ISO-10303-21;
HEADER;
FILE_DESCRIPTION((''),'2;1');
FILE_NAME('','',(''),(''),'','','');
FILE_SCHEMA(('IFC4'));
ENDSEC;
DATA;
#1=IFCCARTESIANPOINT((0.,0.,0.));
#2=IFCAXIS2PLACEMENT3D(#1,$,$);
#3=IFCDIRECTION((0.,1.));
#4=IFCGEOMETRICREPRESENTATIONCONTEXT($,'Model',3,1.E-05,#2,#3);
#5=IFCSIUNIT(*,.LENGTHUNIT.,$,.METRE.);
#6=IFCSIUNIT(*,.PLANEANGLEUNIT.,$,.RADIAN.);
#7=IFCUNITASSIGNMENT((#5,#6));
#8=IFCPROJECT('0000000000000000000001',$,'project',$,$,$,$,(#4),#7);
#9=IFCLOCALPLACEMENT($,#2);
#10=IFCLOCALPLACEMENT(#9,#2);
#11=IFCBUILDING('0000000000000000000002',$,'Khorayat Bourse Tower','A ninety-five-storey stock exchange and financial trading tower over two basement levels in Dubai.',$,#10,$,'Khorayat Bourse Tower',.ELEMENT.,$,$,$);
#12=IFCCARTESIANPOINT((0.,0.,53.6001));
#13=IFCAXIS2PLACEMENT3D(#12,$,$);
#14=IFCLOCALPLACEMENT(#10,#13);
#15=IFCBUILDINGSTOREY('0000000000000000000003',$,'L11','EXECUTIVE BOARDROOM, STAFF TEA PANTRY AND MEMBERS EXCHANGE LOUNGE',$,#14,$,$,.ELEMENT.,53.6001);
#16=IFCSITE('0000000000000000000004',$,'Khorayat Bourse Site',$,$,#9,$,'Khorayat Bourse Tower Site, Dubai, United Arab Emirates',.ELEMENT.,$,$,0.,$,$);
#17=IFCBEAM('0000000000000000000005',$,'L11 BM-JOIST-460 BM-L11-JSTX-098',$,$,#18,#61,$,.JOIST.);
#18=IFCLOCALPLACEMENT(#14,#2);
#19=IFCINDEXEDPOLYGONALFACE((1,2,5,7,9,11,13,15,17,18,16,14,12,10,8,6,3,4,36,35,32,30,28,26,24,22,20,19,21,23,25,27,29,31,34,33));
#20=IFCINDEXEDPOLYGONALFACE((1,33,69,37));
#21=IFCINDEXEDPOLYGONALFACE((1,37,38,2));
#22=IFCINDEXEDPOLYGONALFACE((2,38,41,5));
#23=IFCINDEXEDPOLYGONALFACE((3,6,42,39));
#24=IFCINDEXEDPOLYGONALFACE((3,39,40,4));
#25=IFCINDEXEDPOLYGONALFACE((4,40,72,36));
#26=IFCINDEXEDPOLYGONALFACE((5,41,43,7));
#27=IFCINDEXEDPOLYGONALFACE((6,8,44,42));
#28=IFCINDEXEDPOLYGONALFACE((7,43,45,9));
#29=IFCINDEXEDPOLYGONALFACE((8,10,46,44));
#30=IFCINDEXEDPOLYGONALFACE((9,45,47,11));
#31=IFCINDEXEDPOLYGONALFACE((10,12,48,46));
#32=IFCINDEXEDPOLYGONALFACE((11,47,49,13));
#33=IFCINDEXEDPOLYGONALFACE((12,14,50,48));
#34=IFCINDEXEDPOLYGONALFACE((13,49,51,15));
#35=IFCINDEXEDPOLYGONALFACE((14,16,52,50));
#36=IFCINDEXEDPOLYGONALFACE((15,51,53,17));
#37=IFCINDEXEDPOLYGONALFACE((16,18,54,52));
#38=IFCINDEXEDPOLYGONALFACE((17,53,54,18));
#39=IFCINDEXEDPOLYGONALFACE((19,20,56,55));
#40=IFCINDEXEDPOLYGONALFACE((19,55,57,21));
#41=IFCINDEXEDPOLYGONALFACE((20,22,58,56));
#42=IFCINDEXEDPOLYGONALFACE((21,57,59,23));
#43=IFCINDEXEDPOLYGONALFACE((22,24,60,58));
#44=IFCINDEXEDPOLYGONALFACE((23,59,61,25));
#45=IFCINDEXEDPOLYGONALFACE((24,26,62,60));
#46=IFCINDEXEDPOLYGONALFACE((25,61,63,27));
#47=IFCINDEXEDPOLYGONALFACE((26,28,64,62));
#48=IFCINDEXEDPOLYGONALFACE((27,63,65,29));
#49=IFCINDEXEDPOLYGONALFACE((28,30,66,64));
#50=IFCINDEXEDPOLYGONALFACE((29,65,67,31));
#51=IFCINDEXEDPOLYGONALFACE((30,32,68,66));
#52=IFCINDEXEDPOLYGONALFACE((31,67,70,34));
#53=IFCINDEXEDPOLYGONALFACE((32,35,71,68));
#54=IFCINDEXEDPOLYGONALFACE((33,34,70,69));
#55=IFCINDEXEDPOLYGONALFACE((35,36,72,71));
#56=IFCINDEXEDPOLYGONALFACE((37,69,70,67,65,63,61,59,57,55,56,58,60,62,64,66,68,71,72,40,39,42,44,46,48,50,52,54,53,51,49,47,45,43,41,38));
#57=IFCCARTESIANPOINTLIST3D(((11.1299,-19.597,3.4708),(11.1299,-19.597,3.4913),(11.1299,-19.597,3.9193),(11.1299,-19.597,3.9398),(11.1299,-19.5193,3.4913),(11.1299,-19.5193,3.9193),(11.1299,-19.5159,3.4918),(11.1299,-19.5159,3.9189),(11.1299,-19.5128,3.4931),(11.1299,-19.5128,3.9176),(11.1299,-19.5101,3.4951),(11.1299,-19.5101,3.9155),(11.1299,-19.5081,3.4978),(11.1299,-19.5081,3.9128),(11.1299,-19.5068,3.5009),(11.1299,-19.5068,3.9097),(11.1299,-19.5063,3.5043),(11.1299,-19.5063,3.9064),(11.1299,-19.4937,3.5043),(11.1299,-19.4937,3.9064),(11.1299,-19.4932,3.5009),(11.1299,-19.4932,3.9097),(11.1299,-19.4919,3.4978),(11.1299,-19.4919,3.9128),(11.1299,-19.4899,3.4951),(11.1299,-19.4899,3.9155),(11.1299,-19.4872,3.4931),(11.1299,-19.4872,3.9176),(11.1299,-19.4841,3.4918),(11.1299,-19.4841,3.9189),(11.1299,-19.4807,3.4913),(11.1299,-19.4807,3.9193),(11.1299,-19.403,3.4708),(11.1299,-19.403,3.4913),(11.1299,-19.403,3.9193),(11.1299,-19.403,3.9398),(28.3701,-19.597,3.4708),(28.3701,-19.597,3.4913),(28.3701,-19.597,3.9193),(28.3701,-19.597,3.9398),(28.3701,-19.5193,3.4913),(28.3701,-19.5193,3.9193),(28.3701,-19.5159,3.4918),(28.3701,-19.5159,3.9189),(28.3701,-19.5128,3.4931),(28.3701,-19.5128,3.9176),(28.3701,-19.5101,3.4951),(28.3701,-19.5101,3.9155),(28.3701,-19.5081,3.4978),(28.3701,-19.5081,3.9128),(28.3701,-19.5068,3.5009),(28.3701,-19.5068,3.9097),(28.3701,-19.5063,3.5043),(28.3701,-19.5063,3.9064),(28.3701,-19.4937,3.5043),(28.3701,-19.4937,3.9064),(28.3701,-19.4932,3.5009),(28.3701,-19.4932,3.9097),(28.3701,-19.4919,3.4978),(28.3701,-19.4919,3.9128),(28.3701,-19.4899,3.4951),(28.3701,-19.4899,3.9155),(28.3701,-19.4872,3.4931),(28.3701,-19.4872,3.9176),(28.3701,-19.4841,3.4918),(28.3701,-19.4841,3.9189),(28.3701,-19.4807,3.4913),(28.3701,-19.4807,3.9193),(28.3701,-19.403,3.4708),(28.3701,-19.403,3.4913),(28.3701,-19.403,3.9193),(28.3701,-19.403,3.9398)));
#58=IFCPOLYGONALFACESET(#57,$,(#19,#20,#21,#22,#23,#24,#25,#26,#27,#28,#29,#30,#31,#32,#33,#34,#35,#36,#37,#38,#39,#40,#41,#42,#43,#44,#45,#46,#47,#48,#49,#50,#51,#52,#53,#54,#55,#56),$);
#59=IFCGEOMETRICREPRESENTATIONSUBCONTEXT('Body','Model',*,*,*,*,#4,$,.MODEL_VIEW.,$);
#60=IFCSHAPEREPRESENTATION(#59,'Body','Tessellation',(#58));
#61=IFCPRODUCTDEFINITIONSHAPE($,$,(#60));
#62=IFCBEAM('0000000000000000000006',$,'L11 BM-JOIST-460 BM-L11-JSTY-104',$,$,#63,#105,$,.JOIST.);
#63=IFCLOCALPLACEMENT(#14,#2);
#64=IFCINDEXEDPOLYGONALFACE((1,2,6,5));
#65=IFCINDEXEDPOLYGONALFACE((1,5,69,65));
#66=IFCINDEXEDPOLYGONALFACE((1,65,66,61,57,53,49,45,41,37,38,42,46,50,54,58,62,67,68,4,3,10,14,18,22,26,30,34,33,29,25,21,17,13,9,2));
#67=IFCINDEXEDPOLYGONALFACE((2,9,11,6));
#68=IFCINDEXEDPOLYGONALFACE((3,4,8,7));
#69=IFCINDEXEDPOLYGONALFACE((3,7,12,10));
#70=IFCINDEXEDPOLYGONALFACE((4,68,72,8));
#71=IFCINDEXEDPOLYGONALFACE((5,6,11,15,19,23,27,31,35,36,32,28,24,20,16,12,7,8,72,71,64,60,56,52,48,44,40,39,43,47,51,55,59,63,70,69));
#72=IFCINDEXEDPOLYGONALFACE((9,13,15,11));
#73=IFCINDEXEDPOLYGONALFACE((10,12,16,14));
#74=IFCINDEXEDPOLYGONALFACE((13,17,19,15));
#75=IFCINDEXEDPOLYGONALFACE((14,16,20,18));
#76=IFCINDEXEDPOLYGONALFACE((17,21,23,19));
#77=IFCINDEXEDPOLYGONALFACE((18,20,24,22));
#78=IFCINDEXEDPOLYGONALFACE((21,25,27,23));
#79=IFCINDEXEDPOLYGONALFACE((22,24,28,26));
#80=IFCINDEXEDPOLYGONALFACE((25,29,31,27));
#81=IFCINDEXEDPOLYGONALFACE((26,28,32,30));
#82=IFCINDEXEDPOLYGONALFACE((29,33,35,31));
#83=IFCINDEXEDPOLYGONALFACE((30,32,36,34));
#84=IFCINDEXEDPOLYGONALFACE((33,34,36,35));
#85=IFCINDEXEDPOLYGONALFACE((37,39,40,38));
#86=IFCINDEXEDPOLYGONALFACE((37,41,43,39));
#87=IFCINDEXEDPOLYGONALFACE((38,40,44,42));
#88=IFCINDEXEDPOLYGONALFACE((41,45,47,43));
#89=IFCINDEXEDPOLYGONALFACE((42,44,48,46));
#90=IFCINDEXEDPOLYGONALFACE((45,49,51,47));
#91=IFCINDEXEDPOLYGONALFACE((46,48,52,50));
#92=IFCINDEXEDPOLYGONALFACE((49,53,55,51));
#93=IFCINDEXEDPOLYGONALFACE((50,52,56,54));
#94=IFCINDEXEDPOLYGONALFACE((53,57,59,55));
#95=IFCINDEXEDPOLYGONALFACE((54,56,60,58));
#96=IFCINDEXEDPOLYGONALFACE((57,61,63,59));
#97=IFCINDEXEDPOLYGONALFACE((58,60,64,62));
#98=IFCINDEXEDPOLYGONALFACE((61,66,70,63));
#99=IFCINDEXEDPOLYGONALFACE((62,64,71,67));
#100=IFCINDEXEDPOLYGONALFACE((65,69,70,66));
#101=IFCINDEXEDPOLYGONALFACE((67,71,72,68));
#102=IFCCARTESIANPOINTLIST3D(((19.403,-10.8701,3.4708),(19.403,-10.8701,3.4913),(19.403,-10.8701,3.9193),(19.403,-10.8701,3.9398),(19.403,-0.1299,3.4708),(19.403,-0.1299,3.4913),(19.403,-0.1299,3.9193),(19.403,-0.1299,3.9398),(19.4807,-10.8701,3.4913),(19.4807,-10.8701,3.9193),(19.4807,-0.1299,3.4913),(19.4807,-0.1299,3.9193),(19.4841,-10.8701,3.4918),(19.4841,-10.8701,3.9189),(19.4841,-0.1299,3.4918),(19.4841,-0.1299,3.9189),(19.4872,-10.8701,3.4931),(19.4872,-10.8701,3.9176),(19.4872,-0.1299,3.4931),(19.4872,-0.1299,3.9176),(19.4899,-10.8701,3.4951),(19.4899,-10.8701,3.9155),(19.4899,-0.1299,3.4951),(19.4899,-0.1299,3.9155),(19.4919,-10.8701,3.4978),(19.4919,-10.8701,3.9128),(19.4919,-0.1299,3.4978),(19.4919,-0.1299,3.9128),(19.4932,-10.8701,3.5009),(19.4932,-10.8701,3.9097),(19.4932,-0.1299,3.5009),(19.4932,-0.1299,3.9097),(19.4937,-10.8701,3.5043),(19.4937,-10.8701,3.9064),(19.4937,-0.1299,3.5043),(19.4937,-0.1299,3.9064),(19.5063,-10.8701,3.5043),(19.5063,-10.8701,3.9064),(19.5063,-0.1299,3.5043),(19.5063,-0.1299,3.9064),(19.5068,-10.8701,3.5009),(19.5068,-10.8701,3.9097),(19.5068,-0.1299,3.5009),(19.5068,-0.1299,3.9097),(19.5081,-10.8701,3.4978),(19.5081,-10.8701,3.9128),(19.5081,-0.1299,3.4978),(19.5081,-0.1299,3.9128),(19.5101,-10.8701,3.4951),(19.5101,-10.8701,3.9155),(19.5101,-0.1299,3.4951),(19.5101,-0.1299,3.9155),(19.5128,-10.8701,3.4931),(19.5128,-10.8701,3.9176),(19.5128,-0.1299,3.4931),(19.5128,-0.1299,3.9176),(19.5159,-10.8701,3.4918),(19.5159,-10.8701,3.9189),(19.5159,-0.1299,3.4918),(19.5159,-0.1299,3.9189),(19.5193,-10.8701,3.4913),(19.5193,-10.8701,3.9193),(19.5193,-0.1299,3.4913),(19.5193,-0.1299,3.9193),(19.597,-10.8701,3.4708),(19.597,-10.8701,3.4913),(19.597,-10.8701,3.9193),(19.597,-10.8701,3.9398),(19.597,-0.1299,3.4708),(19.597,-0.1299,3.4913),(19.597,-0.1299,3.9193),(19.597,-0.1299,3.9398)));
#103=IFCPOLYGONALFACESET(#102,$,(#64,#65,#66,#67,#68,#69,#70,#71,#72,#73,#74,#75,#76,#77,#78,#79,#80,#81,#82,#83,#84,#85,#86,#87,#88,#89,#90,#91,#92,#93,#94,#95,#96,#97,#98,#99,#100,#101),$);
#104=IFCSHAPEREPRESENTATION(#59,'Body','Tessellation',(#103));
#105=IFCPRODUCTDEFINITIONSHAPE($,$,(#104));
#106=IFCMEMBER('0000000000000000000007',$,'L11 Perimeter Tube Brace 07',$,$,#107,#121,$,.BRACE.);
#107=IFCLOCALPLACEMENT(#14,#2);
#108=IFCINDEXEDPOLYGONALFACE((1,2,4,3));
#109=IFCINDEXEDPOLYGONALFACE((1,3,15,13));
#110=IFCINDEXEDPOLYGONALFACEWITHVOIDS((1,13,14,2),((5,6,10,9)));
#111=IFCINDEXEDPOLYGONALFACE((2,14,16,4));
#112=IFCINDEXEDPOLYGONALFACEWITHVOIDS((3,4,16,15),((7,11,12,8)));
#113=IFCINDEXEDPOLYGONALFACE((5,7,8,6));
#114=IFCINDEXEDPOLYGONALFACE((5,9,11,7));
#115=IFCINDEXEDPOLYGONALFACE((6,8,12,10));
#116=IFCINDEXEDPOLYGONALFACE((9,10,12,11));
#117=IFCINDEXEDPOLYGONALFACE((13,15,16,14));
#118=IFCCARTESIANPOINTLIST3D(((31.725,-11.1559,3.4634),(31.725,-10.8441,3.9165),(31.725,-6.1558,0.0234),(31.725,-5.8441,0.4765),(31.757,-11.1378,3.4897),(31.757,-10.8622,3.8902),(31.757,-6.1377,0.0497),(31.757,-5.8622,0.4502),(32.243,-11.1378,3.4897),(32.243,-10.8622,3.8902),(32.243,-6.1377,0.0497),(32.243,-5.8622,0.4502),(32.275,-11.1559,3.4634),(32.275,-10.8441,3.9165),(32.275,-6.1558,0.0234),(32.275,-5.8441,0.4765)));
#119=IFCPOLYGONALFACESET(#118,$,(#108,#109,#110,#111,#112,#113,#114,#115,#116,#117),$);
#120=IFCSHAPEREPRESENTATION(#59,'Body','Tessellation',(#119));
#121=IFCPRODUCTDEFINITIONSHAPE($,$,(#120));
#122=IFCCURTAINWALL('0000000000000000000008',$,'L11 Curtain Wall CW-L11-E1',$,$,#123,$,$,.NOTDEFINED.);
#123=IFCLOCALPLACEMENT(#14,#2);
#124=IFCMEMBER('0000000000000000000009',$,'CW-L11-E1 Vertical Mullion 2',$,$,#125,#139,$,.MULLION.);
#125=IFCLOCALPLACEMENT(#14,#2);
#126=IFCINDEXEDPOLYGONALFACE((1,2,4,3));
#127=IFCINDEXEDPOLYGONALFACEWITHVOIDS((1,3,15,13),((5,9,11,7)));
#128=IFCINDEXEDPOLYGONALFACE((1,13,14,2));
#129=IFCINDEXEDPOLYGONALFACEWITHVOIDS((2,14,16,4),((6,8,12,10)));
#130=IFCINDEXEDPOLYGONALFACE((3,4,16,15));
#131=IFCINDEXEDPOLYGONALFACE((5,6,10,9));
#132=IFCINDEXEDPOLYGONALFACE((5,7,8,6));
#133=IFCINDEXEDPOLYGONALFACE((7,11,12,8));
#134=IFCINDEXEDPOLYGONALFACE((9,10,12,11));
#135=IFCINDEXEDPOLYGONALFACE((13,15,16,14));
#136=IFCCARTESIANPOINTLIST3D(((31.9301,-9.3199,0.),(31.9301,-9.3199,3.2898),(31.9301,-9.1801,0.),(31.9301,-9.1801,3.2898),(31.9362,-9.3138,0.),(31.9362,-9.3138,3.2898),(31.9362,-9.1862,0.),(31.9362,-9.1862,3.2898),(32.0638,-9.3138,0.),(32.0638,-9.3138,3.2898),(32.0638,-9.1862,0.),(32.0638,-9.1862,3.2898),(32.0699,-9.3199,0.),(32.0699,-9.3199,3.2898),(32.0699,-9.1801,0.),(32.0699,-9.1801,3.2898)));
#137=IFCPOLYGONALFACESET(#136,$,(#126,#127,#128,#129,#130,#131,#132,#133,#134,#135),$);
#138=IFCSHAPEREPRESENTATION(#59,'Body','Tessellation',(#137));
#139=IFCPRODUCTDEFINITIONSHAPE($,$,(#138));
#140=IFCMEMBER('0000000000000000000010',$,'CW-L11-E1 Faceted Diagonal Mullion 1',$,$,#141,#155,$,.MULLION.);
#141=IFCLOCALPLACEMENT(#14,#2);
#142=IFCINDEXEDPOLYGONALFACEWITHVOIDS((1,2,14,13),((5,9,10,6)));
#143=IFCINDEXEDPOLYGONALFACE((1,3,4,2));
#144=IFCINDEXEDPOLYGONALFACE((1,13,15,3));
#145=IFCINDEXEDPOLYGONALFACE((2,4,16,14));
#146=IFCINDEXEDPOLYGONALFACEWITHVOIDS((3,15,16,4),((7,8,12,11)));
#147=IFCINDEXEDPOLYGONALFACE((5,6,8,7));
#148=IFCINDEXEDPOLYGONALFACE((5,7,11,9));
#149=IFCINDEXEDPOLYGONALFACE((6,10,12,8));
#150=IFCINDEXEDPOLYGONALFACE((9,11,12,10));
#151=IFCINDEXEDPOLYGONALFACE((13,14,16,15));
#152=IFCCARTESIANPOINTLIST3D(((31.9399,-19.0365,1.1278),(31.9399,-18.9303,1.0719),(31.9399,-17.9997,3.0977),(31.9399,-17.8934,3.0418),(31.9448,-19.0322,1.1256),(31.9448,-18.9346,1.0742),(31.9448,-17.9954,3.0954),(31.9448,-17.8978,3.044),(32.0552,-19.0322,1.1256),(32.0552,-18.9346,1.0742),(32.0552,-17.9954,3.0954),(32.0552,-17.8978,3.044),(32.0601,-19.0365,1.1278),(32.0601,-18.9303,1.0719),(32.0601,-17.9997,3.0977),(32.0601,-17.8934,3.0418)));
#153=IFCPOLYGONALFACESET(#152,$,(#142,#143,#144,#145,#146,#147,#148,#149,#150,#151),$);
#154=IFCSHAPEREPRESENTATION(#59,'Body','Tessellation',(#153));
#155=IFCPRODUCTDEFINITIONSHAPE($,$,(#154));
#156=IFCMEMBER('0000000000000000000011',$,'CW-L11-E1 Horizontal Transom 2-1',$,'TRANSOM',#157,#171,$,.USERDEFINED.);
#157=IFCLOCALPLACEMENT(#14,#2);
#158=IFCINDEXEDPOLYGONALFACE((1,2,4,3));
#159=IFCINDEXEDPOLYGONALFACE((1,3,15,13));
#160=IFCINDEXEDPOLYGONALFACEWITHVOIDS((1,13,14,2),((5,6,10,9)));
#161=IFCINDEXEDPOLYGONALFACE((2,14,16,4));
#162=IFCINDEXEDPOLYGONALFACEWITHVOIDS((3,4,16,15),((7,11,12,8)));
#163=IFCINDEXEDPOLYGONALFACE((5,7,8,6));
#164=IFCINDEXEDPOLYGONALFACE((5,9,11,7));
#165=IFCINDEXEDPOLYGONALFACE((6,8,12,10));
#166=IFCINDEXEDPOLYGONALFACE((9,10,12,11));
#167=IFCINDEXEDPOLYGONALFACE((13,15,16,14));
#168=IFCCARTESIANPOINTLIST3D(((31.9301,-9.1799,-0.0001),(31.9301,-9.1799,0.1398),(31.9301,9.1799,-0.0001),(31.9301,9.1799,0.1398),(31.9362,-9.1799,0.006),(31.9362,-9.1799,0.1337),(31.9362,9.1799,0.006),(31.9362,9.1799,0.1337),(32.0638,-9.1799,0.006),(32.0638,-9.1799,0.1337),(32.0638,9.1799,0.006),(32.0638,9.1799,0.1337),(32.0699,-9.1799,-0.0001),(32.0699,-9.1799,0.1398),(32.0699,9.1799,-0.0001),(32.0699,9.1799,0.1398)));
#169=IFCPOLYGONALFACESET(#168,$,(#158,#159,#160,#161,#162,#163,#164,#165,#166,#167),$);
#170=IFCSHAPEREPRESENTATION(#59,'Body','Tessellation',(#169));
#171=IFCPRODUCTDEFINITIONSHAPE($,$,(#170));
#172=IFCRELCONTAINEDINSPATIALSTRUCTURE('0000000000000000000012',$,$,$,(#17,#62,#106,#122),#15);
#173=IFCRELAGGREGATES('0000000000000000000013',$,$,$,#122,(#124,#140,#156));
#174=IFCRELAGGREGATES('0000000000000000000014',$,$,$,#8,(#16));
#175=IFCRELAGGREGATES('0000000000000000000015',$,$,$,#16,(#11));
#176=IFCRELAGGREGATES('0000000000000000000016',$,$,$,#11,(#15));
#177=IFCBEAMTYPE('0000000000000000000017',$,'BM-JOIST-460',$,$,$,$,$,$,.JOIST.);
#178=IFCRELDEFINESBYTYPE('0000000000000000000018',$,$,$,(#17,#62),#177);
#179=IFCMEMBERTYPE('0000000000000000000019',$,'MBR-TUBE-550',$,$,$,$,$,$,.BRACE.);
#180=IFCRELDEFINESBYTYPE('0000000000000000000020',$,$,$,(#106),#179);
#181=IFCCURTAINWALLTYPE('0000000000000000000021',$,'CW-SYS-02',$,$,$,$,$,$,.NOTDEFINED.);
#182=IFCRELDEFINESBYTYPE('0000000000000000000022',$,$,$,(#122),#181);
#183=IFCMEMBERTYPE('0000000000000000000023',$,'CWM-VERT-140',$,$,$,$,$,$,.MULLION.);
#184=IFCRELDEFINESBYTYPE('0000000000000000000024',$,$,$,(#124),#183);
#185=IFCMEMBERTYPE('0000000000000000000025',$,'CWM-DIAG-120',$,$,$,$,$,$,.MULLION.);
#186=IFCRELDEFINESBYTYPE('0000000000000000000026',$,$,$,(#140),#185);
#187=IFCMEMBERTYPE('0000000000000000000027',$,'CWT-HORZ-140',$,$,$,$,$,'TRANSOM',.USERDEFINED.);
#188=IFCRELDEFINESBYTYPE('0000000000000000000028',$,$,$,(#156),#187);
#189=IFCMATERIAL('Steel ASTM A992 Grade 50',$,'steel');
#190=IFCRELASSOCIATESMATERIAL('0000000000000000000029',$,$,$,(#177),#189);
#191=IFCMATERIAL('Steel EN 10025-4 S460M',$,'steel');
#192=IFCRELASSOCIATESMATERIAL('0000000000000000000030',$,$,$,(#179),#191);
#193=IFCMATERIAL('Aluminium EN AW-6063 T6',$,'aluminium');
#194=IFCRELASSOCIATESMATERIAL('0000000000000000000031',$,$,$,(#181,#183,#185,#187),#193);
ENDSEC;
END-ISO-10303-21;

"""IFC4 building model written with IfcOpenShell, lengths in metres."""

from ifc_helpers import new_model, si_unit, direction, frame, origin, origin_2d, place, context, subcontext, project, spatial, hollow_rectangle, i_section, extrude, source, transform, mapped, material, material_profile, profile_set, type_object, element, aggregate, save


model = new_model("IFC4")

# Units and contexts
model_context = context("Model", 3, precision=1e-05, world=origin(), true_north=direction((0.0, 1.0)))
body_context = subcontext(model_context, "Body", "Model", "MODEL_VIEW")
ifc_project = project(units=[si_unit("LENGTHUNIT", "METRE"), si_unit("PLANEANGLEUNIT", "RADIAN")], contexts=[model_context])

# Site, building, storey
site_placement = place(None, origin())
site = spatial("IfcSite", under=ifc_project, at=site_placement, Name="Khorayat Bourse Site", LongName="Khorayat Bourse Tower Site, Dubai, United Arab Emirates", CompositionType="ELEMENT", RefElevation=0.0)
building_placement = place(site_placement, origin())
building = spatial("IfcBuilding", under=site, at=building_placement, Name="Khorayat Bourse Tower", Description="A ninety-five-storey stock exchange and financial trading tower over two basement levels in Dubai.", LongName="Khorayat Bourse Tower", CompositionType="ELEMENT")
storey_placement = place(building_placement, frame((0.0, 0.0, 53.6001)))
storey = spatial("IfcBuildingStorey", under=building, at=storey_placement, Name="L11", Description="EXECUTIVE BOARDROOM, STAFF TEA PANTRY AND MEMBERS EXCHANGE LOUNGE", CompositionType="ELEMENT", Elevation=53.6001)

# Shared definitions
ifc_material_1 = material(Name="Steel EN 10025-4 S460M", Category="steel")

# Beams
ifc_material_2 = material(Name="Steel ASTM A992 Grade 50", Category="steel")
ifc_material_profile_1 = material_profile(ifc_material_2, i_section(OverallWidth=0.1941, OverallDepth=0.469, WebThickness=0.0127, FlangeThickness=0.0205, FilletRadius=0.0129, at=origin_2d()), Name="W460X106")
ifc_profile_set_1 = profile_set([ifc_material_profile_1], Name="Steel ASTM A992 Grade 50")
beam_type_1 = type_object("IfcBeamType", Name="BM-JOIST-460", PredefinedType="JOIST", material=ifc_profile_set_1)
shared_shape_1 = source(origin(), body_context, "Body", "SweptSolid", [
    extrude(i_section(OverallWidth=0.1941, OverallDepth=0.469, WebThickness=0.0127, FlangeThickness=0.0205, FilletRadius=0.0129, at=origin_2d()), origin(), (0.0, 0.0, 1.0), 17.2402),
])
beam_1_placement = place(storey_placement, frame((11.1299, -19.5, 3.7053), z_axis=(1.0, 0.0, 0.0), x_axis=(0.0, 1.0, 0.0)))
element("IfcBeam", 1, at=beam_1_placement, inside=storey, type_object=beam_type_1, Name="L11 BM-JOIST-460 BM-L11-JSTX-098", PredefinedType="JOIST", context=body_context, shape_type="MappedRepresentation", body=[
    mapped(shared_shape_1, transform((0.0, 0.0, 0.0), scale=1.0)),
])
shared_shape_2 = source(origin(), body_context, "Body", "SweptSolid", [
    extrude(i_section(OverallWidth=0.1941, OverallDepth=0.469, WebThickness=0.0127, FlangeThickness=0.0205, FilletRadius=0.0129, at=origin_2d()), origin(), (0.0, 0.0, 1.0), 10.7402),
])
beam_2_placement = place(storey_placement, frame((19.5, -10.8701, 3.7053), z_axis=(0.0, 1.0, 0.0), x_axis=(-1.0, 0.0, 0.0)))
element("IfcBeam", 2, at=beam_2_placement, inside=storey, type_object=beam_type_1, Name="L11 BM-JOIST-460 BM-L11-JSTY-104", PredefinedType="JOIST", context=body_context, shape_type="MappedRepresentation", body=[
    mapped(shared_shape_2, transform((0.0, 0.0, 0.0), scale=1.0)),
])

# Member
ifc_material_profile_2 = material_profile(ifc_material_1, hollow_rectangle(XDim=0.55, YDim=0.55, WallThickness=0.032, at=origin_2d()), Name="HSS 550x550x32")
ifc_profile_set_2 = profile_set([ifc_material_profile_2], Name="Steel EN 10025-4 S460M")
member_type_1 = type_object("IfcMemberType", Name="MBR-TUBE-550", PredefinedType="BRACE", material=ifc_profile_set_2)
shared_shape_3 = source(origin(), body_context, "Body", "SweptSolid", [
    extrude(hollow_rectangle(XDim=0.55, YDim=0.55, WallThickness=0.032, at=origin_2d()), origin(), (0.0, 0.0, 1.0), 6.0691),
])
member_1_placement = place(storey_placement, frame((32.0, -11.0, 3.6899), z_axis=(0.0, 0.823854, -0.566802), x_axis=(-1.0, 0.0, 0.0)))
element("IfcMember", 3, at=member_1_placement, inside=storey, type_object=member_type_1, Name="L11 Perimeter Tube Brace 07", PredefinedType="BRACE", context=body_context, shape_type="MappedRepresentation", body=[
    mapped(shared_shape_3, transform((0.0, 0.0, 0.0), scale=1.0)),
])

# Curtain wall, members
ifc_material_3 = material(Name="Aluminium EN AW-6063 T6", Category="aluminium")
curtain_wall_type = type_object("IfcCurtainWallType", Name="CW-SYS-02", PredefinedType="NOTDEFINED", material=ifc_material_3)
curtain_wall_placement = place(storey_placement, origin())
curtain_wall = element("IfcCurtainWall", 4, at=curtain_wall_placement, inside=storey, type_object=curtain_wall_type, Name="L11 Curtain Wall CW-L11-E1", PredefinedType="NOTDEFINED")
ifc_material_profile_3 = material_profile(ifc_material_3, hollow_rectangle(XDim=0.1399, YDim=0.1399, WallThickness=0.0061, at=origin_2d()), Name="ALU 140x140x6")
ifc_profile_set_3 = profile_set([ifc_material_profile_3], Name="Aluminium EN AW-6063 T6")
member_type_2 = type_object("IfcMemberType", Name="CWM-VERT-140", PredefinedType="MULLION", material=ifc_profile_set_3)
shared_shape_4 = source(origin(), body_context, "Body", "SweptSolid", [
    extrude(hollow_rectangle(XDim=0.1399, YDim=0.1399, WallThickness=0.0061, at=origin_2d()), origin(), (0.0, 0.0, 1.0), 3.2898),
])
member_2_placement = place(storey_placement, frame((32.0, -9.25, 0.0), z_axis=(0.0, 0.0, 1.0), x_axis=(-1.0, 0.0, 0.0)))
member_2 = element("IfcMember", 5, at=member_2_placement, type_object=member_type_2, Name="CW-L11-E1 Vertical Mullion 2", PredefinedType="MULLION", context=body_context, shape_type="MappedRepresentation", body=[
    mapped(shared_shape_4, transform((0.0, 0.0, 0.0), scale=1.0)),
])
ifc_material_profile_4 = material_profile(ifc_material_3, hollow_rectangle(XDim=0.1201, YDim=0.1201, WallThickness=0.0049, at=origin_2d()), Name="ALU 120x120x5")
ifc_profile_set_4 = profile_set([ifc_material_profile_4], Name="Aluminium EN AW-6063 T6")
member_type_3 = type_object("IfcMemberType", Name="CWM-DIAG-120", PredefinedType="MULLION", material=ifc_profile_set_4)
shared_shape_5 = source(origin(), body_context, "Body", "SweptSolid", [
    extrude(hollow_rectangle(XDim=0.1201, YDim=0.1201, WallThickness=0.0049, at=origin_2d()), origin(), (0.0, 0.0, 1.0), 2.2261),
])
member_3_placement = place(storey_placement, frame((32.0, -18.9834, 1.0999), z_axis=(0.0, 0.46576, 0.884911), x_axis=(-1.0, 0.0, 0.0)))
member_3 = element("IfcMember", 6, at=member_3_placement, type_object=member_type_3, Name="CW-L11-E1 Faceted Diagonal Mullion 1", PredefinedType="MULLION", context=body_context, shape_type="MappedRepresentation", body=[
    mapped(shared_shape_5, transform((0.0, 0.0, 0.0), scale=1.0)),
])
ifc_material_profile_5 = material_profile(ifc_material_3, hollow_rectangle(XDim=0.1399, YDim=0.1399, WallThickness=0.0061, at=origin_2d()), Name="ALU 140x140x6")
ifc_profile_set_5 = profile_set([ifc_material_profile_5], Name="Aluminium EN AW-6063 T6")
member_type_4 = type_object("IfcMemberType", Name="CWT-HORZ-140", ElementType="TRANSOM", PredefinedType="USERDEFINED", material=ifc_profile_set_5)
shared_shape_6 = source(origin(), body_context, "Body", "SweptSolid", [
    extrude(hollow_rectangle(XDim=0.1399, YDim=0.1399, WallThickness=0.0061, at=origin_2d()), origin(), (0.0, 0.0, 1.0), 18.3599),
])
member_4_placement = place(storey_placement, frame((32.0, -9.1799, 0.0698), z_axis=(0.0, 1.0, 0.0), x_axis=(-1.0, 0.0, 0.0)))
member_4 = element("IfcMember", 7, at=member_4_placement, type_object=member_type_4, Name="CW-L11-E1 Horizontal Transom 2-1", ObjectType="TRANSOM", PredefinedType="USERDEFINED", context=body_context, shape_type="MappedRepresentation", body=[
    mapped(shared_shape_6, transform((0.0, 0.0, 0.0), scale=1.0)),
])

aggregate(curtain_wall, [member_2, member_3, member_4])

save(model, "model.ifc")
